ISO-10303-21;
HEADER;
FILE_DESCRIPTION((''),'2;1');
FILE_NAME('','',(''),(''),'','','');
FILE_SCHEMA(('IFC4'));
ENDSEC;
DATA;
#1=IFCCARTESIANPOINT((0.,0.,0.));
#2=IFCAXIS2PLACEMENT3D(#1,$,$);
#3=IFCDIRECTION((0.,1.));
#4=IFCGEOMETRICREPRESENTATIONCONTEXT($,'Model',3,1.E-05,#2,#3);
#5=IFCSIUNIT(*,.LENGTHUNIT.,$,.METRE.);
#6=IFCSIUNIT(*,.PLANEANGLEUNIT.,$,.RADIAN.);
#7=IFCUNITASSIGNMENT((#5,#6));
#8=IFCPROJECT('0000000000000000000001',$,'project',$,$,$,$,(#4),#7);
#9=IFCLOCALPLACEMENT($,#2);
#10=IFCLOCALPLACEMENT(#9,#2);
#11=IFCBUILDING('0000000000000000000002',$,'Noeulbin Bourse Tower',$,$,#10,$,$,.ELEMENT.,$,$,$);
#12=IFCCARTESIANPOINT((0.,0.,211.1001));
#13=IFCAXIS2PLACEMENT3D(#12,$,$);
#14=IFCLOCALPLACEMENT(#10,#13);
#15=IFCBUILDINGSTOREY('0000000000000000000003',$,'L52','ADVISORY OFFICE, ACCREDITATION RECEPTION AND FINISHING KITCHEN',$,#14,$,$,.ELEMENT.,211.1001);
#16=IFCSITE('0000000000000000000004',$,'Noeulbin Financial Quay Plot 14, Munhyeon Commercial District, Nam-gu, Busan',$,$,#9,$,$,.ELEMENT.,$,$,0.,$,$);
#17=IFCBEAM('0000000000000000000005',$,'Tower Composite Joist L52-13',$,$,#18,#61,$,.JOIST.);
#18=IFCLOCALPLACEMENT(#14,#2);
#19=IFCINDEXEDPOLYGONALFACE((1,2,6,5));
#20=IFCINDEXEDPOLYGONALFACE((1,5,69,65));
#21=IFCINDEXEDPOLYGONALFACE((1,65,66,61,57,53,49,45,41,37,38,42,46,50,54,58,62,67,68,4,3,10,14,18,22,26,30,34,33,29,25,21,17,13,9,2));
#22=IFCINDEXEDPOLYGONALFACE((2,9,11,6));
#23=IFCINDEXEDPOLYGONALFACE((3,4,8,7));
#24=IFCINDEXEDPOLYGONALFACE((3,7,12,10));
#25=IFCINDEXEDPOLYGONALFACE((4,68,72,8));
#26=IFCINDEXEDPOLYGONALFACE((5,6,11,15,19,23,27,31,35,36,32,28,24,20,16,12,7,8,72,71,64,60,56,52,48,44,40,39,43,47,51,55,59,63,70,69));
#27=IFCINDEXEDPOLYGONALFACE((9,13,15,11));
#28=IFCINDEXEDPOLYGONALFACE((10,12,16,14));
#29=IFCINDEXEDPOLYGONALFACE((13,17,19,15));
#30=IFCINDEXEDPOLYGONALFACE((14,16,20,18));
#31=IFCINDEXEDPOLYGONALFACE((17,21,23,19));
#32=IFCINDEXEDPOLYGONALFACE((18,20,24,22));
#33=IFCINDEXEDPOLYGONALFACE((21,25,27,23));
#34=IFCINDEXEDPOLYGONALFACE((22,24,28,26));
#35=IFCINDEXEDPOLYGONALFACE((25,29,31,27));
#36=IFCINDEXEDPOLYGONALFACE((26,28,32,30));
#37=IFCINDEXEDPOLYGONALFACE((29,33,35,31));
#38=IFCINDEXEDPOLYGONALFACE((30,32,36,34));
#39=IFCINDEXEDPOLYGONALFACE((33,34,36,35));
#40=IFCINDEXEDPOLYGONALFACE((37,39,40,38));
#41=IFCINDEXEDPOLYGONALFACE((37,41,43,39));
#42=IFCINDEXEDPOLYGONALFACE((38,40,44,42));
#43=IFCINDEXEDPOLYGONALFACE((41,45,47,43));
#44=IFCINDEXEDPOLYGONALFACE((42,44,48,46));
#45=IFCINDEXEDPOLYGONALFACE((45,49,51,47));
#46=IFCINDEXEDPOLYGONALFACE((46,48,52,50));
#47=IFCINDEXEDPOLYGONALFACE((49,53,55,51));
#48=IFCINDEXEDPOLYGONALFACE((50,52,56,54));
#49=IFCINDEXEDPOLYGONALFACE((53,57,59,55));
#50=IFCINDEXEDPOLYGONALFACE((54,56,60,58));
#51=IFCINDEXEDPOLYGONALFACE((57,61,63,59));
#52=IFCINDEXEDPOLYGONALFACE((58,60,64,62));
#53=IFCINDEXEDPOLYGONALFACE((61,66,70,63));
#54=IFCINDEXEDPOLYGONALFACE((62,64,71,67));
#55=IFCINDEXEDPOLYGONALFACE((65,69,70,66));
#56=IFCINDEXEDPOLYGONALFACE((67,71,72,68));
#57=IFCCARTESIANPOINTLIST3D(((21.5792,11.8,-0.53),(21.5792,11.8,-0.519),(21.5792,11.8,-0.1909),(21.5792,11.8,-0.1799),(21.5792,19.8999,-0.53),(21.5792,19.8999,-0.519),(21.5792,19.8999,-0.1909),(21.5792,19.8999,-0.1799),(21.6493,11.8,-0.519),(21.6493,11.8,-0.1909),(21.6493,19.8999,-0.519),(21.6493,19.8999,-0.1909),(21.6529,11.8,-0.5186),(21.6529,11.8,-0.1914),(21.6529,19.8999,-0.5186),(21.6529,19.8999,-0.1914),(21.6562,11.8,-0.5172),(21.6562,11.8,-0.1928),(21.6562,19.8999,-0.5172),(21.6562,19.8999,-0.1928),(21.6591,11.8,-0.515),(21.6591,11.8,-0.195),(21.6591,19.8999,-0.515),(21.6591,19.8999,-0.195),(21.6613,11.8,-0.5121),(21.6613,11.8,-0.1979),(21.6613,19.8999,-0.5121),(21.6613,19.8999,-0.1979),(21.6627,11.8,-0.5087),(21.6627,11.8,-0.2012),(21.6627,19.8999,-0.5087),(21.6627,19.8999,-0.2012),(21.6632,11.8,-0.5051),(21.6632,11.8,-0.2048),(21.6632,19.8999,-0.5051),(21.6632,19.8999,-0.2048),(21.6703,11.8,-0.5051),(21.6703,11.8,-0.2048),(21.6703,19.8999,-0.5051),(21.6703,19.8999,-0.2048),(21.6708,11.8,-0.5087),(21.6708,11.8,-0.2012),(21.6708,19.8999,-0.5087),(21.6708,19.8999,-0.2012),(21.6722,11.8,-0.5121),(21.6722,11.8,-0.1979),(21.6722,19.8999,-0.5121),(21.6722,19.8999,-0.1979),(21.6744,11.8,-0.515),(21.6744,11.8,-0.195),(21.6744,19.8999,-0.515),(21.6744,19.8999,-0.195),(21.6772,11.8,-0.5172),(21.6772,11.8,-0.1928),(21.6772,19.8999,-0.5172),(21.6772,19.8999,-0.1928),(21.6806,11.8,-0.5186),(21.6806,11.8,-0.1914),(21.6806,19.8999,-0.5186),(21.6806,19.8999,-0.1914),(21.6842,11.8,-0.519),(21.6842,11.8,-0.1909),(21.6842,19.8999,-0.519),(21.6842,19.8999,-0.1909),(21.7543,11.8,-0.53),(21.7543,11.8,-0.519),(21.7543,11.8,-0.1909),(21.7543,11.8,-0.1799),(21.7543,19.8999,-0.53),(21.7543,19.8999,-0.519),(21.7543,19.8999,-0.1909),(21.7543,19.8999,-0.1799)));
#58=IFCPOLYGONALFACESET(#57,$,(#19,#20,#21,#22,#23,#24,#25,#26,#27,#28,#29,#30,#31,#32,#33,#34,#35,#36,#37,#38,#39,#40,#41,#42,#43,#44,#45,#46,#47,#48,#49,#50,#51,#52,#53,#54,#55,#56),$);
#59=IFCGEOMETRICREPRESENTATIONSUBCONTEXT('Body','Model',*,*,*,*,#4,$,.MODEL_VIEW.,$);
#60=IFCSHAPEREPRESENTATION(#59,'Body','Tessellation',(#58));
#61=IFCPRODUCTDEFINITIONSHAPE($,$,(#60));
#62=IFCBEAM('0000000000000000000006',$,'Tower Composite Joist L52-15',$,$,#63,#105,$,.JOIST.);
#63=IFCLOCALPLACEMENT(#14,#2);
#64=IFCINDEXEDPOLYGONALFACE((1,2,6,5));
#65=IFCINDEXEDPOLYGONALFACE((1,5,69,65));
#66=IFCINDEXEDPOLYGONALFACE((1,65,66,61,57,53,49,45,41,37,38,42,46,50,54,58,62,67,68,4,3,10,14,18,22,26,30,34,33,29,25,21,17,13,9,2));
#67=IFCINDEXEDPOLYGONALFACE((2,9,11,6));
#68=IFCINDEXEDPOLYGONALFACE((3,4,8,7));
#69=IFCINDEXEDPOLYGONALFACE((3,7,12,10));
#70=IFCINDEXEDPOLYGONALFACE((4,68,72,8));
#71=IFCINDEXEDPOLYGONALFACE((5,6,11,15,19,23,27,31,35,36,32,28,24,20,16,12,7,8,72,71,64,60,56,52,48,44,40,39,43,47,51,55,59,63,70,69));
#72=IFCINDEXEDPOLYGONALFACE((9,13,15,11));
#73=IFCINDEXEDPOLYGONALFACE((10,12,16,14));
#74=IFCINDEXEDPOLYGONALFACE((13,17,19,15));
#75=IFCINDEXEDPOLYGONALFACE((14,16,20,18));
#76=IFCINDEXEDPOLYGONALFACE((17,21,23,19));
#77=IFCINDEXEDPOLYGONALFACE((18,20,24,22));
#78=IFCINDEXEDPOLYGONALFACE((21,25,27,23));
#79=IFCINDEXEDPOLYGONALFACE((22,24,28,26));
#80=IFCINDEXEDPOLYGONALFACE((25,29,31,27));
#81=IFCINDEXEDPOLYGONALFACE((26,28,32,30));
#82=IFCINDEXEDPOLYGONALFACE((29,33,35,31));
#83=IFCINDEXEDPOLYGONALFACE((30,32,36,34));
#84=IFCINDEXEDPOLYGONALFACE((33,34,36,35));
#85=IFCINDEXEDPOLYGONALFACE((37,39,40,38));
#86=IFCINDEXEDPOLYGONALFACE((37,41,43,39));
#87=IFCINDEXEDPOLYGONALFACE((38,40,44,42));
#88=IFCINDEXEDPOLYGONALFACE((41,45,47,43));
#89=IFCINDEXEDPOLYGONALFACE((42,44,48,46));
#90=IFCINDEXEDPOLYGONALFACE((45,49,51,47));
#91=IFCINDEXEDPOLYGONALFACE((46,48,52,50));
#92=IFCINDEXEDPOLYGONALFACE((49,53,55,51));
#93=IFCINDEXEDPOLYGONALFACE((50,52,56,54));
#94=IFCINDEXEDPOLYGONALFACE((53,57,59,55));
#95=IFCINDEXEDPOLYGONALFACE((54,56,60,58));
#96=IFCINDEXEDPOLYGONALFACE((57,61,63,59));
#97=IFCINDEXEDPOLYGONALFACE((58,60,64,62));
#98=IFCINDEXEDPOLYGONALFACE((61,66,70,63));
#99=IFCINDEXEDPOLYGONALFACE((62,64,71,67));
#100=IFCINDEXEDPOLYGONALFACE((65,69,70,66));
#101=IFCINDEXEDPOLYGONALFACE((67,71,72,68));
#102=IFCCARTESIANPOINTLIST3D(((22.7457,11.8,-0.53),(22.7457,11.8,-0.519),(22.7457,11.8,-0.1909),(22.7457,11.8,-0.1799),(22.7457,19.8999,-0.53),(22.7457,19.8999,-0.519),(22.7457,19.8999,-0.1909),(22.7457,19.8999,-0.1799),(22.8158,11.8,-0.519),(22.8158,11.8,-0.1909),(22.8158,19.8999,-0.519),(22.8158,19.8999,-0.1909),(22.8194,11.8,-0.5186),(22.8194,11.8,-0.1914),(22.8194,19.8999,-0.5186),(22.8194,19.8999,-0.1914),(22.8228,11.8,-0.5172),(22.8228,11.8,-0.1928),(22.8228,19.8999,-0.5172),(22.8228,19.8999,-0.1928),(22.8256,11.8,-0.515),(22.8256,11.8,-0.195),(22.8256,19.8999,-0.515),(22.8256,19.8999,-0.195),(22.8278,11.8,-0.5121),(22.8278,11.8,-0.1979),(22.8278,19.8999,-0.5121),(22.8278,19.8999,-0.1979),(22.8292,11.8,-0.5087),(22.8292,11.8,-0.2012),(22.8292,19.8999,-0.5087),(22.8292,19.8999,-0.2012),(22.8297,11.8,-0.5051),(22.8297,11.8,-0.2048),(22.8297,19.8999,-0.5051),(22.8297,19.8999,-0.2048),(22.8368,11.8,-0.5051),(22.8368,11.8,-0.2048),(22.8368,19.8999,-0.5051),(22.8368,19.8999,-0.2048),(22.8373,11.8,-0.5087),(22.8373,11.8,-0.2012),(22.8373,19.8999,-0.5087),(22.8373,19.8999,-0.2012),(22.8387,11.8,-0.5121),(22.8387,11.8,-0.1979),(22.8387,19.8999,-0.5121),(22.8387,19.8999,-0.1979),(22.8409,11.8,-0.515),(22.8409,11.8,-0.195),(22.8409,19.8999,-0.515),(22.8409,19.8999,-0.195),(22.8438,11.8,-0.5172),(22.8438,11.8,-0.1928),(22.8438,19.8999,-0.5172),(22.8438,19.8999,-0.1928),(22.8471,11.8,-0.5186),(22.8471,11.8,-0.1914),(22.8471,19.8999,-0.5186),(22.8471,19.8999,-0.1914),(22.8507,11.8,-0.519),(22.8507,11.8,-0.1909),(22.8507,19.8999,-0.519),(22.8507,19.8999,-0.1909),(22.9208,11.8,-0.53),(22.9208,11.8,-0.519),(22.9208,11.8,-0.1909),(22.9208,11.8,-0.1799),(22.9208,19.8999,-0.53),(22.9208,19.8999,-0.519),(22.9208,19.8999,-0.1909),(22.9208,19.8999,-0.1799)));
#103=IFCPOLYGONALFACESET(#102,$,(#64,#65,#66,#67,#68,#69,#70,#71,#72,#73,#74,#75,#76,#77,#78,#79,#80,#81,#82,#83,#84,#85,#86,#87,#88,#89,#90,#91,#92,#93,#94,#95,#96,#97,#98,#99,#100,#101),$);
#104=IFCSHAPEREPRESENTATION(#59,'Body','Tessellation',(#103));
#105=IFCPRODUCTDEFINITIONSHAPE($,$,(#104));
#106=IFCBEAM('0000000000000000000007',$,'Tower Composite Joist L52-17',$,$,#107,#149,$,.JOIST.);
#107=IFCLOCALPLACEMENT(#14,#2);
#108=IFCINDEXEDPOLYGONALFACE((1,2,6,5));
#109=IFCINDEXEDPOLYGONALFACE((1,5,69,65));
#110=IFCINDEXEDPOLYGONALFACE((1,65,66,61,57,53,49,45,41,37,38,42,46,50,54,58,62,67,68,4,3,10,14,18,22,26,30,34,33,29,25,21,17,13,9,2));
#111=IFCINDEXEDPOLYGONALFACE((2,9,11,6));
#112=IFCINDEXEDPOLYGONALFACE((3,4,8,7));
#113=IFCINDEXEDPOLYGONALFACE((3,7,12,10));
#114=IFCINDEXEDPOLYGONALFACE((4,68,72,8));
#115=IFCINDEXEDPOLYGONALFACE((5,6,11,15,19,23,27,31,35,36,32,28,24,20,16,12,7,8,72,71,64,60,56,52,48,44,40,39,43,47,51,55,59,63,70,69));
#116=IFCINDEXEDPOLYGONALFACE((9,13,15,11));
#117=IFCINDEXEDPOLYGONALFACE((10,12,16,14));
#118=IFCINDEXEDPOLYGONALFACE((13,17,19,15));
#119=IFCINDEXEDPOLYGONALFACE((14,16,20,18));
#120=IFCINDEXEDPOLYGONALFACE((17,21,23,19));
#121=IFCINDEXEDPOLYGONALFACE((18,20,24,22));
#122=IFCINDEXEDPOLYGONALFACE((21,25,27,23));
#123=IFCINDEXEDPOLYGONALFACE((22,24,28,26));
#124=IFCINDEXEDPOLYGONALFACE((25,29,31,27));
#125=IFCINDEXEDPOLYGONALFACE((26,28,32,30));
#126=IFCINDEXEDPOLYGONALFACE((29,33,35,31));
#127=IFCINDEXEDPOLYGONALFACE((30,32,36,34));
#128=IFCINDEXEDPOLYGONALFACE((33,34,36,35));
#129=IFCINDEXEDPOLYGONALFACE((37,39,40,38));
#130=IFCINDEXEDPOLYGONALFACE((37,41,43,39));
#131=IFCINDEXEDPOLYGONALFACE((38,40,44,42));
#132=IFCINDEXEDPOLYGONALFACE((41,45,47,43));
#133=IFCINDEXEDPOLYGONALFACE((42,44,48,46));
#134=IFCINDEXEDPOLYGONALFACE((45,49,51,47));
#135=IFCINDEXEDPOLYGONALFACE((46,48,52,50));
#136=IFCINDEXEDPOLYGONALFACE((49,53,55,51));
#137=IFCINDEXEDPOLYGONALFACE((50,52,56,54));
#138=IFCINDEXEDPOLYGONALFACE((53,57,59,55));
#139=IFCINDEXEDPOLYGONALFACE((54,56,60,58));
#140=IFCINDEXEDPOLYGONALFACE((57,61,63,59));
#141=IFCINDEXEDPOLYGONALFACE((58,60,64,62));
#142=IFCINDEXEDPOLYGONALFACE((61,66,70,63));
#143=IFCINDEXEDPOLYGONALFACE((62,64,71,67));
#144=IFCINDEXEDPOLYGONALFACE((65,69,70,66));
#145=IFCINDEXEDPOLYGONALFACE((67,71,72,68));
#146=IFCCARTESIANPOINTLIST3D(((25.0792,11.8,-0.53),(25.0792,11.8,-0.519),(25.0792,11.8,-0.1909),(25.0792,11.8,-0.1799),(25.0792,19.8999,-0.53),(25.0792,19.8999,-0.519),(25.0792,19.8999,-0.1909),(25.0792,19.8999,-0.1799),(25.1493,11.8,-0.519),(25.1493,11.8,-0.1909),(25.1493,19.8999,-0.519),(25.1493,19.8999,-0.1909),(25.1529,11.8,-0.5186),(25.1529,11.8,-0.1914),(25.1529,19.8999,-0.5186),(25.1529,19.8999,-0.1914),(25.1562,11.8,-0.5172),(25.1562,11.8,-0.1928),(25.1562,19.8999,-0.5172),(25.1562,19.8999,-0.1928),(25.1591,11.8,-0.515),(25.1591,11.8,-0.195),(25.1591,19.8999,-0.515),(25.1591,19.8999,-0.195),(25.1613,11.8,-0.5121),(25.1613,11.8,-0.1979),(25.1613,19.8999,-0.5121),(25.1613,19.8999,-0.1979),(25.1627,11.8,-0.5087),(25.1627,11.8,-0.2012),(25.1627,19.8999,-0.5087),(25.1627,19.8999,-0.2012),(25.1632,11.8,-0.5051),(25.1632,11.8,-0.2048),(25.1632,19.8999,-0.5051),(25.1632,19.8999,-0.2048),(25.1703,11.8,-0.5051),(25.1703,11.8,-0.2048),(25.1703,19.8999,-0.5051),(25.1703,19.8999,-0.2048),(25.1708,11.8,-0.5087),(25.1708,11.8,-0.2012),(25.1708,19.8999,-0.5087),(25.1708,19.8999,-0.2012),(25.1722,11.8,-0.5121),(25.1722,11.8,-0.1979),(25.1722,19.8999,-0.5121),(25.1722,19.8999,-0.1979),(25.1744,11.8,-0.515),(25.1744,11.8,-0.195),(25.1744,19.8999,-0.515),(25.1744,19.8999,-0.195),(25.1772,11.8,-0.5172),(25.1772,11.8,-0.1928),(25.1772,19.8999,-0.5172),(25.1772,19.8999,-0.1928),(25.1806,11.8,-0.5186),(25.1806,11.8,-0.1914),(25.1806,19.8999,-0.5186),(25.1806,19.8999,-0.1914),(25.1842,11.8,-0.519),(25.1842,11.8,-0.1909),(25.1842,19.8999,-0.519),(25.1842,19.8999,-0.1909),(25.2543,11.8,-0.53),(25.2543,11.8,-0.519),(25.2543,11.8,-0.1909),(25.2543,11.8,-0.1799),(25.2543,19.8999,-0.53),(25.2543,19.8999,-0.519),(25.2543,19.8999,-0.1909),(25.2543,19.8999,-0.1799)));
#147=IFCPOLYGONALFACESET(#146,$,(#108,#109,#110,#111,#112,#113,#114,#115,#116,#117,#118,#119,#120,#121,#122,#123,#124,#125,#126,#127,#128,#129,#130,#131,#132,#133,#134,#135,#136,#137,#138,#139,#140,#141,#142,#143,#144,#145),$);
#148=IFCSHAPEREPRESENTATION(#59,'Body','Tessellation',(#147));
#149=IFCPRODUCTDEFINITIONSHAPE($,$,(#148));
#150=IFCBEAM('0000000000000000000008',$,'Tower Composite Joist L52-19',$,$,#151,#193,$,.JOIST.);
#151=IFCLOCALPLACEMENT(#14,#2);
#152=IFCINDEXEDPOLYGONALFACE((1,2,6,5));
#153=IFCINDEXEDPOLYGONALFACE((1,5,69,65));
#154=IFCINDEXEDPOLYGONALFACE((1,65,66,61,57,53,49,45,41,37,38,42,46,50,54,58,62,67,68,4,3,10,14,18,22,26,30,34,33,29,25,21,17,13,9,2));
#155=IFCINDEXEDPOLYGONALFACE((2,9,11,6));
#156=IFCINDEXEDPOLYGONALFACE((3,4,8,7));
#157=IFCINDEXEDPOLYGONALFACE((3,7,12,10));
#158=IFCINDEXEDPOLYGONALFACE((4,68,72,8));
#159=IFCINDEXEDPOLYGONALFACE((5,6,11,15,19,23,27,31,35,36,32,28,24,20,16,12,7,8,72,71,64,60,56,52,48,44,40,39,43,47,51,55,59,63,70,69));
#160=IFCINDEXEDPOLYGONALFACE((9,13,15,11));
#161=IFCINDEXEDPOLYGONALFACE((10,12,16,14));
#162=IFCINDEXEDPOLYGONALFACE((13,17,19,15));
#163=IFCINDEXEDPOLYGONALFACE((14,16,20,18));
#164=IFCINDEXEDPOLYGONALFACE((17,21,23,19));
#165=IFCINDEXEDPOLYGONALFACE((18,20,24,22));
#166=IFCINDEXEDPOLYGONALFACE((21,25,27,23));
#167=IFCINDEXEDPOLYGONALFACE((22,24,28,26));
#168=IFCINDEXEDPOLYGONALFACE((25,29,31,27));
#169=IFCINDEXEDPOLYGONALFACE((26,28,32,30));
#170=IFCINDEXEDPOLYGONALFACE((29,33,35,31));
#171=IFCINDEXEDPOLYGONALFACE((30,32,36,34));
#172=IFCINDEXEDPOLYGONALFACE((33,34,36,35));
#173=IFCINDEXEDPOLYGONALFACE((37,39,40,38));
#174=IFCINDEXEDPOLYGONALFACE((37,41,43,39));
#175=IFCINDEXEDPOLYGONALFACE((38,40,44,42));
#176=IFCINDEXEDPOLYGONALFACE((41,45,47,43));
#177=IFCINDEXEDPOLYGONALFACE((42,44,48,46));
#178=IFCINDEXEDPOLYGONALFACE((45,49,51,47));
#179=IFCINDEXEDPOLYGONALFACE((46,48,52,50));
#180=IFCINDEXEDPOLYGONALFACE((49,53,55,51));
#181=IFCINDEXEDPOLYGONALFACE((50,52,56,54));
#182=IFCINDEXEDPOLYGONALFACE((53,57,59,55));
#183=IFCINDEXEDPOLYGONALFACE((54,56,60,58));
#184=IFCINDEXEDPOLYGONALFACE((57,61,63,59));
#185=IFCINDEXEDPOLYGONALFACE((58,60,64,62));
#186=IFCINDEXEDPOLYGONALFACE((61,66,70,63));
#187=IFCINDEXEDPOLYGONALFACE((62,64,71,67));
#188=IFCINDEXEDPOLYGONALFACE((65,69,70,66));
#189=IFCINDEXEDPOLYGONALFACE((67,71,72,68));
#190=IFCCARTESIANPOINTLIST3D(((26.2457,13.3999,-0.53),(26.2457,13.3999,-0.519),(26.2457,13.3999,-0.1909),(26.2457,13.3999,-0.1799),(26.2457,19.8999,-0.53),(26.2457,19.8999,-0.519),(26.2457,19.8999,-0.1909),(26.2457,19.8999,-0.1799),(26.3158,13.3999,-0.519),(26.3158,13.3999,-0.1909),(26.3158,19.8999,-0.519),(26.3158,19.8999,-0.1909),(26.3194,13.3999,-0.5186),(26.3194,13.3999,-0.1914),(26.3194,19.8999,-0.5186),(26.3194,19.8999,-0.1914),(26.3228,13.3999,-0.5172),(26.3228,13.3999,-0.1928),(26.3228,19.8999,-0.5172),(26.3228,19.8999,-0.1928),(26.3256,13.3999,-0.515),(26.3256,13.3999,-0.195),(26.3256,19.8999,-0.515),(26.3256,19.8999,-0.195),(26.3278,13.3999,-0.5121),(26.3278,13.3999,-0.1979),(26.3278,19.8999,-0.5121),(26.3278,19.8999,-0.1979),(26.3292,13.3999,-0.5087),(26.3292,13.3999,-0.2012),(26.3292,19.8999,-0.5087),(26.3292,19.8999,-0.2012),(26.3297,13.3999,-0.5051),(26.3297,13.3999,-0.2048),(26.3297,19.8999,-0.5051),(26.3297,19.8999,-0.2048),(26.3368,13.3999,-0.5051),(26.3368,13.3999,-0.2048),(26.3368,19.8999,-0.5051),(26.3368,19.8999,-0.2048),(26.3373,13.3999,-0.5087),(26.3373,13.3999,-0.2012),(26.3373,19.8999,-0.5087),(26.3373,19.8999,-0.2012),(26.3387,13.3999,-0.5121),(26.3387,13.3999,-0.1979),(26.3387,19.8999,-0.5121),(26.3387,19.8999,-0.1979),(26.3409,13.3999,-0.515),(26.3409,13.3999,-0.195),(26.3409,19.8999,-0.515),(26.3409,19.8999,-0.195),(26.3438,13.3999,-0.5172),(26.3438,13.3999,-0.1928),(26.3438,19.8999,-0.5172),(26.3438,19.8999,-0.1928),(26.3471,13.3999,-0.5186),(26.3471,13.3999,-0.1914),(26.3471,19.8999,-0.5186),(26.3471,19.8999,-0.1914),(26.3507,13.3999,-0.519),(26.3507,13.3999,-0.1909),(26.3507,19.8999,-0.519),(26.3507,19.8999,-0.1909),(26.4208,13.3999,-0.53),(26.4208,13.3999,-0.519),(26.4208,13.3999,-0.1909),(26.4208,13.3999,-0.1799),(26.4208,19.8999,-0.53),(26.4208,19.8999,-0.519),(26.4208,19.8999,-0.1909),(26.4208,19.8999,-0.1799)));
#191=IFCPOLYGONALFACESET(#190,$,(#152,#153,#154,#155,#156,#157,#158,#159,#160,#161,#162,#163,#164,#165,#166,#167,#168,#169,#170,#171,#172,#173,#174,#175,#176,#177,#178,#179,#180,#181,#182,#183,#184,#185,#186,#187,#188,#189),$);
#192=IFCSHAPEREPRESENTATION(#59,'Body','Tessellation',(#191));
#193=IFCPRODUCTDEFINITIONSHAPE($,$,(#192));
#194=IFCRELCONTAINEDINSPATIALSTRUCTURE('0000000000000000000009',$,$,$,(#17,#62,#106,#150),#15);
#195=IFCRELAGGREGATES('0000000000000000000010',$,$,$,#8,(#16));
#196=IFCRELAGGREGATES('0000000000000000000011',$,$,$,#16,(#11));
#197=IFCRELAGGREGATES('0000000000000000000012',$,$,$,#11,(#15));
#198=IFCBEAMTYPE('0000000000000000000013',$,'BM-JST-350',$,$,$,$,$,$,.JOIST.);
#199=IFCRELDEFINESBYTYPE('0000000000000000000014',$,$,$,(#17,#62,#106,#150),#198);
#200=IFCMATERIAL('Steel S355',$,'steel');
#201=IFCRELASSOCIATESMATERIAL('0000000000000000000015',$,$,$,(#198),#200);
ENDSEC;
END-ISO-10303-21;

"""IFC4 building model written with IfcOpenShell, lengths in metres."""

from ifc_helpers import new_model, si_unit, direction, frame, origin, origin_2d, place, context, subcontext, project, spatial, i_section, extrude, material, material_profile, profile_set, type_object, element, save


model = new_model("IFC4")

# Units and contexts
model_context = context("Model", 3, precision=1e-05, world=origin(), true_north=direction((0.0, 1.0)))
body_context = subcontext(model_context, "Body", "Model", "MODEL_VIEW")
ifc_project = project(units=[si_unit("LENGTHUNIT", "METRE"), si_unit("PLANEANGLEUNIT", "RADIAN")], contexts=[model_context])

# Site, building, storey
site_placement = place(None, origin())
site = spatial("IfcSite", under=ifc_project, at=site_placement, Name="Noeulbin Financial Quay Plot 14, Munhyeon Commercial District, Nam-gu, Busan", CompositionType="ELEMENT", RefElevation=0.0)
building_placement = place(site_placement, origin())
building = spatial("IfcBuilding", under=site, at=building_placement, Name="Noeulbin Bourse Tower", CompositionType="ELEMENT")
storey_placement = place(building_placement, frame((0.0, 0.0, 211.1001)))
storey = spatial("IfcBuildingStorey", under=building, at=storey_placement, Name="L52", Description="ADVISORY OFFICE, ACCREDITATION RECEPTION AND FINISHING KITCHEN", CompositionType="ELEMENT", Elevation=211.1001)

# Shared definitions
ifc_material_1 = material(Name="Steel S355", Category="steel")

# Beams
ifc_material_profile_1 = material_profile(ifc_material_1, i_section(OverallWidth=0.175, OverallDepth=0.3501, WebThickness=0.0071, FlangeThickness=0.011, FilletRadius=0.0139, at=origin_2d()), Name="H-350x175x7x11", Category="LoadBearing")
ifc_profile_set_1 = profile_set([ifc_material_profile_1], Name="Steel S355")
beam_type_1 = type_object("IfcBeamType", Name="BM-JST-350", PredefinedType="JOIST", material=ifc_profile_set_1)
for number, where, z_axis, x_axis, name in (
    (1, (21.6667, 11.8, -0.355), (0.0, 1.0, 0.0), (-1.0, 0.0, 0.0), "Tower Composite Joist L52-13"),
    (2, (22.8333, 11.8, -0.355), (0.0, 1.0, 0.0), (-1.0, 0.0, 0.0), "Tower Composite Joist L52-15"),
    (3, (25.1667, 11.8, -0.355), (0.0, 1.0, 0.0), (-1.0, 0.0, 0.0), "Tower Composite Joist L52-17"),
):
    element("IfcBeam", number, at=place(storey_placement, frame(where, z_axis=z_axis, x_axis=x_axis)), inside=storey, type_object=beam_type_1, Name=name, PredefinedType="JOIST", context=body_context, shape_type="SweptSolid", body=[
        extrude(i_section(OverallWidth=0.175, OverallDepth=0.3501, WebThickness=0.0071, FlangeThickness=0.011, FilletRadius=0.0139, at=origin_2d()), origin(), (0.0, 0.0, 1.0), 8.0999),
    ])
for number, where, z_axis, x_axis, name in (
    (4, (26.3333, 13.3999, -0.355), (0.0, 1.0, 0.0), (-1.0, 0.0, 0.0), "Tower Composite Joist L52-19"),
):
    element("IfcBeam", number, at=place(storey_placement, frame(where, z_axis=z_axis, x_axis=x_axis)), inside=storey, type_object=beam_type_1, Name=name, PredefinedType="JOIST", context=body_context, shape_type="SweptSolid", body=[
        extrude(i_section(OverallWidth=0.175, OverallDepth=0.3501, WebThickness=0.0071, FlangeThickness=0.011, FilletRadius=0.0139, at=origin_2d()), origin(), (0.0, 0.0, 1.0), 6.5),
    ])

save(model, "model.ifc")
